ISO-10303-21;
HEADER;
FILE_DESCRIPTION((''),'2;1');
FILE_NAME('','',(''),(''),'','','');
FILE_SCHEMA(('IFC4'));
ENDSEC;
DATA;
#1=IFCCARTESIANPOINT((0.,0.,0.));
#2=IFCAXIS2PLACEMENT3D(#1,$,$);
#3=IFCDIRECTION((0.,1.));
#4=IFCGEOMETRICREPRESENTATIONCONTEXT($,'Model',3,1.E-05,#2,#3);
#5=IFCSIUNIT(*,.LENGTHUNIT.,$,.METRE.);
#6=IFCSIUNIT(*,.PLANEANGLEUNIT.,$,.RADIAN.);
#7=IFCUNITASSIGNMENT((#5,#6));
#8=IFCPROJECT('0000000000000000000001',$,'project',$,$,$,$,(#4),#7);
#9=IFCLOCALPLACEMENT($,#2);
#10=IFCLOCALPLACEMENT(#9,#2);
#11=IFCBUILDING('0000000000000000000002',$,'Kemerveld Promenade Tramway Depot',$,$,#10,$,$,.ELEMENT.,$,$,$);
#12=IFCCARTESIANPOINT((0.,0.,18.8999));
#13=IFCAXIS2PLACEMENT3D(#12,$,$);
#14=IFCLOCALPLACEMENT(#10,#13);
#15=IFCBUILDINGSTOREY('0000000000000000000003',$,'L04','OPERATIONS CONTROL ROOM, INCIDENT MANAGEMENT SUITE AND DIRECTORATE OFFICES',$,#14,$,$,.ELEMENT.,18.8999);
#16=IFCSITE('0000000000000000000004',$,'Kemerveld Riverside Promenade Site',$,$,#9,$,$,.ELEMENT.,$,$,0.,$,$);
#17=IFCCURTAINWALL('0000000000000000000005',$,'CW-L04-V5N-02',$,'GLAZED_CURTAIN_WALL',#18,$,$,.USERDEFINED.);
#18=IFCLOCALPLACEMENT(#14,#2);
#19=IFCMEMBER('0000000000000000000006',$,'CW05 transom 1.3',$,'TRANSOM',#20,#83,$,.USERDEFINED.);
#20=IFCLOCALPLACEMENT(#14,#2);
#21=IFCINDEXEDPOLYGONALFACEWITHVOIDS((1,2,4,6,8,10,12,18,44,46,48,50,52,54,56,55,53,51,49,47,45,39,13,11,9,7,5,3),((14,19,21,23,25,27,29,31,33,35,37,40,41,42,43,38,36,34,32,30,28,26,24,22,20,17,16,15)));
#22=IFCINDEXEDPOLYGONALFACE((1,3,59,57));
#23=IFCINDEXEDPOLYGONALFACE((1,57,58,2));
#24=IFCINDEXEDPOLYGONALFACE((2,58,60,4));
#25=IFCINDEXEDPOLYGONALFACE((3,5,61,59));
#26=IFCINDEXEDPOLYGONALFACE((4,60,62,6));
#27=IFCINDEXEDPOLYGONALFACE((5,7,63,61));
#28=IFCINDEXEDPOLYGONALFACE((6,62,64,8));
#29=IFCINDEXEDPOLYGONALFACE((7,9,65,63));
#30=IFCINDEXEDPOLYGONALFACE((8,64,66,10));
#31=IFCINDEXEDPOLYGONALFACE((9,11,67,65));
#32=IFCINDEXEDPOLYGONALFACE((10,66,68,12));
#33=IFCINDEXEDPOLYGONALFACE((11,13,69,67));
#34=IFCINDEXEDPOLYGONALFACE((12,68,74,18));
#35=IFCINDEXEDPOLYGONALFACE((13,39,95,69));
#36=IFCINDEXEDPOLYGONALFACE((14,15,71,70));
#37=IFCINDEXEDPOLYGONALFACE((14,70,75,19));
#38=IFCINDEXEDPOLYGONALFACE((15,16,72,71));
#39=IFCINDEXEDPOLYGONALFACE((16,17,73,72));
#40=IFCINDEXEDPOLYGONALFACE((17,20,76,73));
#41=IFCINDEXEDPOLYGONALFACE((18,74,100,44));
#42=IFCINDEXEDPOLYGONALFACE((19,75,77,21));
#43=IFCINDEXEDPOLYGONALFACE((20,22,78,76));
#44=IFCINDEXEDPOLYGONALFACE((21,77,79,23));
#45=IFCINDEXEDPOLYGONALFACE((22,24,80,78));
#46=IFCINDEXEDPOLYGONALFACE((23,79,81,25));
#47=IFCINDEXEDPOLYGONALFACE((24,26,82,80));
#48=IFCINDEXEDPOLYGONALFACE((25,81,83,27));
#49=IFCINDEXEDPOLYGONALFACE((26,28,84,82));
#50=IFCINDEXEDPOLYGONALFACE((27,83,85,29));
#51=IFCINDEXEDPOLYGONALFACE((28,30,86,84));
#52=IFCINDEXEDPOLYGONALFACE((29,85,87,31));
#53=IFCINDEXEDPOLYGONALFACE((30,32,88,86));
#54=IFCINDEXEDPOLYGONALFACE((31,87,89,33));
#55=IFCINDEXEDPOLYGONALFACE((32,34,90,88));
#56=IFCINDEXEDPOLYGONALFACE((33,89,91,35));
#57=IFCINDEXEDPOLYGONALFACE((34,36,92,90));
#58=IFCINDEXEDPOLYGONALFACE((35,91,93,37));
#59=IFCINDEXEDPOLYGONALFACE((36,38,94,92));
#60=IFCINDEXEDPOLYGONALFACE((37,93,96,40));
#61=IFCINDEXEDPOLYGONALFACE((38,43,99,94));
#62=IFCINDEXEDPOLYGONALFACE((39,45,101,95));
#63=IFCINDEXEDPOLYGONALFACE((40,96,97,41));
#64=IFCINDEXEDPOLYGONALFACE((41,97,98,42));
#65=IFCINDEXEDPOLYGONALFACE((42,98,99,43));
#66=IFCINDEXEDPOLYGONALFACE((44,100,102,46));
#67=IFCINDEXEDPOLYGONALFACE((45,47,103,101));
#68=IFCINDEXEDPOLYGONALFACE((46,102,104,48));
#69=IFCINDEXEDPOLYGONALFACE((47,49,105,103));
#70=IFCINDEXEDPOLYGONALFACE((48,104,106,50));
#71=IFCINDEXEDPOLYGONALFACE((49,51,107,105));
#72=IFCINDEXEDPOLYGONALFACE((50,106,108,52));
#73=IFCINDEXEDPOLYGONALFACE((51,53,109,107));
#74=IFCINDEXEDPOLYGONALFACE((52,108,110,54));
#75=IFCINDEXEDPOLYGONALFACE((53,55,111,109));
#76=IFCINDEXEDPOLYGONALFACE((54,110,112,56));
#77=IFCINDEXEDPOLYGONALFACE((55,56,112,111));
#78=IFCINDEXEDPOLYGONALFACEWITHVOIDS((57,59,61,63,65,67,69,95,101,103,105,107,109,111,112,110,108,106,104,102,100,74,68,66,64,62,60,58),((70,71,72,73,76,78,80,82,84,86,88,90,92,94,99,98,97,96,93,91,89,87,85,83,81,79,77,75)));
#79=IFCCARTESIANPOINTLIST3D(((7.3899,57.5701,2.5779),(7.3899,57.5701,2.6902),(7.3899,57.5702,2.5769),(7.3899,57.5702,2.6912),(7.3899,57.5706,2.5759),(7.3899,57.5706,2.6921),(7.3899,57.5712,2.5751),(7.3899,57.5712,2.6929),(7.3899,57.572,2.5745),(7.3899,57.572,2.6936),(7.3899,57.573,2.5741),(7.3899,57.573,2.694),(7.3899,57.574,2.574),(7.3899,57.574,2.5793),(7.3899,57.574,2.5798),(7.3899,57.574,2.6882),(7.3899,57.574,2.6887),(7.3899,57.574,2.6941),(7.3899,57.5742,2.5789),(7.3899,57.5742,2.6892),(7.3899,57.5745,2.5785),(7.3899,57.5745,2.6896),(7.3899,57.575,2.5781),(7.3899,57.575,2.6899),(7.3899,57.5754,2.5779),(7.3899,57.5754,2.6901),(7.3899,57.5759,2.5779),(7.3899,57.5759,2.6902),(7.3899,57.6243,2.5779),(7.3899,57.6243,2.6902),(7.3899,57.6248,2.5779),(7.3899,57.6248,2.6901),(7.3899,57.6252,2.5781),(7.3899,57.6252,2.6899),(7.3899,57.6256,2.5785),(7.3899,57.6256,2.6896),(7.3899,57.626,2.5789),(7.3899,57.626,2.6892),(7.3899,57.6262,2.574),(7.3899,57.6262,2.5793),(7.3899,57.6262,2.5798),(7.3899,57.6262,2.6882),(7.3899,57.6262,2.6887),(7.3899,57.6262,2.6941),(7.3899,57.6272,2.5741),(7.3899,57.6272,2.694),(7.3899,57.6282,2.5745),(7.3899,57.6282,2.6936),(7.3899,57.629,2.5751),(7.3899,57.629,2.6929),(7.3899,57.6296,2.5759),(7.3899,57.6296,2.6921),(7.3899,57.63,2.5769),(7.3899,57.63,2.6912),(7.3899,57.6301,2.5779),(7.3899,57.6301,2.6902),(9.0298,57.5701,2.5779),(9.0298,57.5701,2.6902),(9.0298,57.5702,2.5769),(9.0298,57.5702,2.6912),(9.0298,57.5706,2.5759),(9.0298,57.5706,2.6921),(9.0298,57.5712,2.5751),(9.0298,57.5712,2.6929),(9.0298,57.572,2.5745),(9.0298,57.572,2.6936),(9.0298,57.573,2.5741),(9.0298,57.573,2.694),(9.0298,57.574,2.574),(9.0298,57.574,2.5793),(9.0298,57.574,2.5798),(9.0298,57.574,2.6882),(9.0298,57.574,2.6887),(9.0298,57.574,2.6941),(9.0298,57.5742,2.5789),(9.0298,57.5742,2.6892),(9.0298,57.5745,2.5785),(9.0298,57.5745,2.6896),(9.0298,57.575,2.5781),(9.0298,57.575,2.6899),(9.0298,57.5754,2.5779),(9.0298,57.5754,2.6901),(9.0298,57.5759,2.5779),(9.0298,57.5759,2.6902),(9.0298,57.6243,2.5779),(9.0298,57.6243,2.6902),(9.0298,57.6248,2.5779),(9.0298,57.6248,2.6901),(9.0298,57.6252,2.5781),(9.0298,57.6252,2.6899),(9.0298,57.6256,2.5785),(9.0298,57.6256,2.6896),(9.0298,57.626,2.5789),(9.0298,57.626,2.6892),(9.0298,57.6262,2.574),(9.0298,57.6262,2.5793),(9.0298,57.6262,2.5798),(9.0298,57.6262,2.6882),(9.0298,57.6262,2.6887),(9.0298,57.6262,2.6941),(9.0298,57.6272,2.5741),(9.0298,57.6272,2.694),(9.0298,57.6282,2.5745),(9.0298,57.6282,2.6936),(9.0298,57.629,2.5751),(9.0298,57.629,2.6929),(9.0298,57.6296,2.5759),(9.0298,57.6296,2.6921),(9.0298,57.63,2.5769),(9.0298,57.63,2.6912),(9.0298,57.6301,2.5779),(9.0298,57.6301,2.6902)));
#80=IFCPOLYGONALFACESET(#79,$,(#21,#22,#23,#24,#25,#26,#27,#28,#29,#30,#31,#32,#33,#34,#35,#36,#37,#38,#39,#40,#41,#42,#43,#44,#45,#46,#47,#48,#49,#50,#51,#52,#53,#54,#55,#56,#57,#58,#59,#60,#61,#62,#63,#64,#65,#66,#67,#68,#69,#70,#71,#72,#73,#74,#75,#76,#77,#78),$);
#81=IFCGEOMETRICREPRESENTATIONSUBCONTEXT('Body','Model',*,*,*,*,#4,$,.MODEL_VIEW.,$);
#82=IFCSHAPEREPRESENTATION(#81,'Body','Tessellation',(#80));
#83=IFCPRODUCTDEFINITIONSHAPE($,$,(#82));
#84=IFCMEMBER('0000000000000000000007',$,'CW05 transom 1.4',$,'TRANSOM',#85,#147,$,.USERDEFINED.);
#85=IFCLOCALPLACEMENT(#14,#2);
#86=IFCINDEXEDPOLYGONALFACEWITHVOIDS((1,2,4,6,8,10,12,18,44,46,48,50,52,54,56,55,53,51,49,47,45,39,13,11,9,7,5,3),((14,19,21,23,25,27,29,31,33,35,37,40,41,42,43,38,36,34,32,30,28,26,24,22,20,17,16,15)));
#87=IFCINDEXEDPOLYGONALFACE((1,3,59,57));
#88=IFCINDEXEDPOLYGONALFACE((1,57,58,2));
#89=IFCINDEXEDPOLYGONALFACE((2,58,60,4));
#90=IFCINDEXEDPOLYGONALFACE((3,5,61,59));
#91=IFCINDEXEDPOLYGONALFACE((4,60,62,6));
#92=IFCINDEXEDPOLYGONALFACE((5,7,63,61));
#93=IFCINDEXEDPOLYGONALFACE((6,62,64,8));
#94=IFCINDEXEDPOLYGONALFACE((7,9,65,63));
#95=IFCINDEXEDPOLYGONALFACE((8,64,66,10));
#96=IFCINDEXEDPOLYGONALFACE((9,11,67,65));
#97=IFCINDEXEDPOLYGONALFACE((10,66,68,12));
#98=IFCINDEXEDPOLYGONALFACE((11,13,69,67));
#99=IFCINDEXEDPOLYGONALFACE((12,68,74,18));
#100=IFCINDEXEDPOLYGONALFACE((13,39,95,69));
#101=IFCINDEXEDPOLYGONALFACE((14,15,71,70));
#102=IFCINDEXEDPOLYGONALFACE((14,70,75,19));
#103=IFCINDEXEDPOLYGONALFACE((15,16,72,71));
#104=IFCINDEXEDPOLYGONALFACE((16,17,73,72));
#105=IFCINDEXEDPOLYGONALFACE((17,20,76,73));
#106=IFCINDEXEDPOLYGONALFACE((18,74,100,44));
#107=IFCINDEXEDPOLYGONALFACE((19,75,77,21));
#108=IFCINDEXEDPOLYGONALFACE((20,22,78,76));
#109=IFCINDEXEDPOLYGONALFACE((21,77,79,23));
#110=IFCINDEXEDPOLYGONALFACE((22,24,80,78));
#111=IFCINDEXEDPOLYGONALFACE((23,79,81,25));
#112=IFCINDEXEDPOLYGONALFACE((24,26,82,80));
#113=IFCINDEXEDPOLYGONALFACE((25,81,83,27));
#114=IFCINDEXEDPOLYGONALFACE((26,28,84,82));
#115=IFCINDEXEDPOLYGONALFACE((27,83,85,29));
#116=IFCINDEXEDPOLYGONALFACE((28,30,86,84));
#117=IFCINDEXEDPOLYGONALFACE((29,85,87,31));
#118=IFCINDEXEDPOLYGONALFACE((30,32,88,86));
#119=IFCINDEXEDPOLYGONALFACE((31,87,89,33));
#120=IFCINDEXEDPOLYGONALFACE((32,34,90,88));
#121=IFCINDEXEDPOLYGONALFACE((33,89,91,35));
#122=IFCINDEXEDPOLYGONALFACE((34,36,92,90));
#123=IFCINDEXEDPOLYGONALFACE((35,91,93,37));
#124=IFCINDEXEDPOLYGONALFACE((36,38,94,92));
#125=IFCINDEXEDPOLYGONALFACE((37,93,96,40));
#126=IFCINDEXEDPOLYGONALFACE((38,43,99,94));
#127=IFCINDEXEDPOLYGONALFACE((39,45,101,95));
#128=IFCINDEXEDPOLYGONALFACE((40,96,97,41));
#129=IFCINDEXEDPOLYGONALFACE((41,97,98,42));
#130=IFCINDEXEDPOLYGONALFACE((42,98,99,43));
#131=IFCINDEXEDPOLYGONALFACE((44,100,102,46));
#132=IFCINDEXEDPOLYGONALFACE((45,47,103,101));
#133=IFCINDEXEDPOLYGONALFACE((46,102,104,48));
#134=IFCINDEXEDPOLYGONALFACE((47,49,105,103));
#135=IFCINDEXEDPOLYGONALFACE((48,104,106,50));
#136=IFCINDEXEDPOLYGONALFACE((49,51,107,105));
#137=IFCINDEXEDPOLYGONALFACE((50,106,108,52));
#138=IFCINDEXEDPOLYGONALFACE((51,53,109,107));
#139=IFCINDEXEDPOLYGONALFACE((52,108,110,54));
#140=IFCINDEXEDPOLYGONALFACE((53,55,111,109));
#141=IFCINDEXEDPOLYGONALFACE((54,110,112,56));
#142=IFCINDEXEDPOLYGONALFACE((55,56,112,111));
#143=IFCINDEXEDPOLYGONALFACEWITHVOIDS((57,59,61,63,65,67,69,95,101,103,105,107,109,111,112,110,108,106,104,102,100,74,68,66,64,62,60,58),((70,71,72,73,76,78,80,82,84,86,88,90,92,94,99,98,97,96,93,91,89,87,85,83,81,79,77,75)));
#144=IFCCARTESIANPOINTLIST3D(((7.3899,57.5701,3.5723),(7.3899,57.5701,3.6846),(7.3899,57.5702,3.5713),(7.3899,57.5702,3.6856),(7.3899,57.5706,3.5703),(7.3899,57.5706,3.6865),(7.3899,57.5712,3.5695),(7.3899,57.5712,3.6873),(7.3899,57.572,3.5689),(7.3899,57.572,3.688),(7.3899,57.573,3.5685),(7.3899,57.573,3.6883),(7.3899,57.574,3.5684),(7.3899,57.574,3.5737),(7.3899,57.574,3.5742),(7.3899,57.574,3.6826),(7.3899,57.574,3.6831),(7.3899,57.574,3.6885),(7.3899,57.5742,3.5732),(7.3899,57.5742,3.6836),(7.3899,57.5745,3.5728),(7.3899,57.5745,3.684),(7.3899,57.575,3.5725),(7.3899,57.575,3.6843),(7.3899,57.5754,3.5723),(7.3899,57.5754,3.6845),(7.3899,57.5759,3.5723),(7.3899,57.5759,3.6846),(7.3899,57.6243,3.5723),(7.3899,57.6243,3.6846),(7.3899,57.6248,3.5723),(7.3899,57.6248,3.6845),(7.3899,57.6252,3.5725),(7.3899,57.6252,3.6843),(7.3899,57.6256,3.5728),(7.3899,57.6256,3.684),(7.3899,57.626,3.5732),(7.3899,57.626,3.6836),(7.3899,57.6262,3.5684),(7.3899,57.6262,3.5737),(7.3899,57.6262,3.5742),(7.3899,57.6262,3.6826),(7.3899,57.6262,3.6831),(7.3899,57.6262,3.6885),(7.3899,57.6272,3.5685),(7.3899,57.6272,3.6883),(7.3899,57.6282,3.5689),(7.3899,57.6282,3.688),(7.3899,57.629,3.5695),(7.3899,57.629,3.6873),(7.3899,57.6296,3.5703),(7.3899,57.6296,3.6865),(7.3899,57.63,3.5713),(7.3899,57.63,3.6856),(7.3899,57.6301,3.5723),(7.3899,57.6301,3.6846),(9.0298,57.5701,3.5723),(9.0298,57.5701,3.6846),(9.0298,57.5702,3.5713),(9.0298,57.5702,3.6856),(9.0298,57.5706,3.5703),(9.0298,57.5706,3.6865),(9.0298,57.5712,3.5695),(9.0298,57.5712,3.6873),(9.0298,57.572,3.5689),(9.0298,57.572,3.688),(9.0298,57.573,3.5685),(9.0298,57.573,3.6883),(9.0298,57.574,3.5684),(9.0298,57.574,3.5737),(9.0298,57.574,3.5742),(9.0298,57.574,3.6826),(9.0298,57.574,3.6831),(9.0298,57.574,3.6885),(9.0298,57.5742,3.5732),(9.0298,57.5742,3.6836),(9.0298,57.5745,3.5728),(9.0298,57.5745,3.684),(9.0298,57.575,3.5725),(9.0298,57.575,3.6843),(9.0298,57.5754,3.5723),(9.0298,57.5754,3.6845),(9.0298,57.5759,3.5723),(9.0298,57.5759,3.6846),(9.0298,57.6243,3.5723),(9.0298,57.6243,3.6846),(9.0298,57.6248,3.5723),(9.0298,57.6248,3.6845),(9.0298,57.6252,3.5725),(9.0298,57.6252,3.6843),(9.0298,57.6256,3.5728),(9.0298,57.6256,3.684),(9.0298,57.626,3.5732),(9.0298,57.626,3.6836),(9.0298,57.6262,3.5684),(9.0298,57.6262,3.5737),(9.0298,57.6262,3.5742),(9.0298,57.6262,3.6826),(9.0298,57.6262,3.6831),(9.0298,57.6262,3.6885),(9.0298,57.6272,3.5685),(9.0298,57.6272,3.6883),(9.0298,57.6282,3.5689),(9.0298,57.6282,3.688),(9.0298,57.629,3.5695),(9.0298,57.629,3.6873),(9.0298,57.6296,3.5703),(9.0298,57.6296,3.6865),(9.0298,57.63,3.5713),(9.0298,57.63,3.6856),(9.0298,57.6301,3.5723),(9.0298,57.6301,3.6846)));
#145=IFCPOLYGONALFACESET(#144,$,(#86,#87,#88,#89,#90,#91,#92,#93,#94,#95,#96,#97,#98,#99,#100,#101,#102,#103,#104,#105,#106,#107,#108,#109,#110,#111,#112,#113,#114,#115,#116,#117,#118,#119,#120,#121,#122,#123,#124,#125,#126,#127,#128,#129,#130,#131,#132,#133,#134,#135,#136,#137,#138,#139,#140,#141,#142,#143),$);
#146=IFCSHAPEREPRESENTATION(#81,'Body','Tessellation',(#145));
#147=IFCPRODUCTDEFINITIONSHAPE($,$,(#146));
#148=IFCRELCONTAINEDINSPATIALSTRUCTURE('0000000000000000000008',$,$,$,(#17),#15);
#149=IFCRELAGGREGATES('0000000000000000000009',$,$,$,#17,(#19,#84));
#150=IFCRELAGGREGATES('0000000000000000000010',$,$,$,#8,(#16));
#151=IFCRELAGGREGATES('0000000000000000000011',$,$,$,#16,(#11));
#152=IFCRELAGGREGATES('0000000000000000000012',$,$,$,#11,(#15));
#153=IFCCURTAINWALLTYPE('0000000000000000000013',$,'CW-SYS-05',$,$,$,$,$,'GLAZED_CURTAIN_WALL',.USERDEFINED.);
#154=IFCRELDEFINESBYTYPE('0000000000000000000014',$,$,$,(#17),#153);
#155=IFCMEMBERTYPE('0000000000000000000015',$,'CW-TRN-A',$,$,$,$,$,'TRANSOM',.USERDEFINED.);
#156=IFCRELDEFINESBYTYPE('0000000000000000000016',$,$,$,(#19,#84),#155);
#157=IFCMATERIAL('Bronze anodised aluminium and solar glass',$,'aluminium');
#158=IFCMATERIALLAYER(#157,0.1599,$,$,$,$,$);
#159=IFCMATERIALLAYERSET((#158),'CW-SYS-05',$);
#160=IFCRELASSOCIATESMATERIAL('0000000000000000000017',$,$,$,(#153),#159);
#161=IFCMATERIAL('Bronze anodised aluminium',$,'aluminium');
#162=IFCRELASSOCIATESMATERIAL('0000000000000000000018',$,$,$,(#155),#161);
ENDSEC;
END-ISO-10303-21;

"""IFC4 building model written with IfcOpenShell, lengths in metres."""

from ifc_helpers import new_model, si_unit, direction, frame, origin, origin_2d, place, context, subcontext, project, spatial, hollow_rectangle, extrude, material, layer, layer_set, material_profile, profile_set, type_object, element, aggregate, save


model = new_model("IFC4")

# Units and contexts
model_context = context("Model", 3, precision=1e-05, world=origin(), true_north=direction((0.0, 1.0)))
body_context = subcontext(model_context, "Body", "Model", "MODEL_VIEW")
ifc_project = project(units=[si_unit("LENGTHUNIT", "METRE"), si_unit("PLANEANGLEUNIT", "RADIAN")], contexts=[model_context])

# Site, building, storey
site_placement = place(None, origin())
site = spatial("IfcSite", under=ifc_project, at=site_placement, Name="Kemerveld Riverside Promenade Site", CompositionType="ELEMENT", RefElevation=0.0)
building_placement = place(site_placement, origin())
building = spatial("IfcBuilding", under=site, at=building_placement, Name="Kemerveld Promenade Tramway Depot", CompositionType="ELEMENT")
storey_placement = place(building_placement, frame((0.0, 0.0, 18.8999)))
storey = spatial("IfcBuildingStorey", under=building, at=storey_placement, Name="L04", Description="OPERATIONS CONTROL ROOM, INCIDENT MANAGEMENT SUITE AND DIRECTORATE OFFICES", CompositionType="ELEMENT", Elevation=18.8999)

# Curtain wall
ifc_material_1 = material(Name="Bronze anodised aluminium and solar glass", Category="aluminium")
ifc_material_2 = material(Name="Bronze anodised aluminium", Category="aluminium")
ifc_layer_1 = layer(ifc_material_1, 0.1599)
ifc_layer_set_1 = layer_set([ifc_layer_1], Name="CW-SYS-05")
curtain_wall_type_1 = type_object("IfcCurtainWallType", Name="CW-SYS-05", ElementType="GLAZED_CURTAIN_WALL", PredefinedType="USERDEFINED", material=ifc_layer_set_1)
curtain_wall_1_placement = place(storey_placement, origin())
curtain_wall_1 = element("IfcCurtainWall", 1, at=curtain_wall_1_placement, inside=storey, type_object=curtain_wall_type_1, Name="CW-L04-V5N-02", ObjectType="GLAZED_CURTAIN_WALL", PredefinedType="USERDEFINED")

# Members
ifc_material_profile_1 = material_profile(ifc_material_2, hollow_rectangle(XDim=0.0601, YDim=0.1201, WallThickness=0.0039, InnerFilletRadius=0.002, OuterFilletRadius=0.0039, at=origin_2d()), Name="CW-TRN-120x60")
ifc_profile_set_1 = profile_set([ifc_material_profile_1], Name="Bronze anodised aluminium")
member_type_1 = type_object("IfcMemberType", Name="CW-TRN-A", ElementType="TRANSOM", PredefinedType="USERDEFINED", material=ifc_profile_set_1)
member_1_placement = place(storey_placement, frame((7.3899, 57.6001, 2.634), z_axis=(1.0, 0.0, 0.0), x_axis=(0.0, 1.0, 0.0)))
member_1 = element("IfcMember", 2, at=member_1_placement, type_object=member_type_1, Name="CW05 transom 1.3", ObjectType="TRANSOM", PredefinedType="USERDEFINED", context=body_context, shape_type="SweptSolid", body=[
    extrude(hollow_rectangle(XDim=0.0601, YDim=0.1201, WallThickness=0.0039, InnerFilletRadius=0.002, OuterFilletRadius=0.0039, at=origin_2d()), origin(), (0.0, 0.0, 1.0), 1.6399),
])
member_2_placement = place(storey_placement, frame((7.3899, 57.6001, 3.6284), z_axis=(1.0, 0.0, 0.0), x_axis=(0.0, 1.0, 0.0)))
member_2 = element("IfcMember", 3, at=member_2_placement, type_object=member_type_1, Name="CW05 transom 1.4", ObjectType="TRANSOM", PredefinedType="USERDEFINED", context=body_context, shape_type="SweptSolid", body=[
    extrude(hollow_rectangle(XDim=0.0601, YDim=0.1201, WallThickness=0.0039, InnerFilletRadius=0.002, OuterFilletRadius=0.0039, at=origin_2d()), origin(), (0.0, 0.0, 1.0), 1.6399),
])

aggregate(curtain_wall_1, [member_1, member_2])

save(model, "model.ifc")
